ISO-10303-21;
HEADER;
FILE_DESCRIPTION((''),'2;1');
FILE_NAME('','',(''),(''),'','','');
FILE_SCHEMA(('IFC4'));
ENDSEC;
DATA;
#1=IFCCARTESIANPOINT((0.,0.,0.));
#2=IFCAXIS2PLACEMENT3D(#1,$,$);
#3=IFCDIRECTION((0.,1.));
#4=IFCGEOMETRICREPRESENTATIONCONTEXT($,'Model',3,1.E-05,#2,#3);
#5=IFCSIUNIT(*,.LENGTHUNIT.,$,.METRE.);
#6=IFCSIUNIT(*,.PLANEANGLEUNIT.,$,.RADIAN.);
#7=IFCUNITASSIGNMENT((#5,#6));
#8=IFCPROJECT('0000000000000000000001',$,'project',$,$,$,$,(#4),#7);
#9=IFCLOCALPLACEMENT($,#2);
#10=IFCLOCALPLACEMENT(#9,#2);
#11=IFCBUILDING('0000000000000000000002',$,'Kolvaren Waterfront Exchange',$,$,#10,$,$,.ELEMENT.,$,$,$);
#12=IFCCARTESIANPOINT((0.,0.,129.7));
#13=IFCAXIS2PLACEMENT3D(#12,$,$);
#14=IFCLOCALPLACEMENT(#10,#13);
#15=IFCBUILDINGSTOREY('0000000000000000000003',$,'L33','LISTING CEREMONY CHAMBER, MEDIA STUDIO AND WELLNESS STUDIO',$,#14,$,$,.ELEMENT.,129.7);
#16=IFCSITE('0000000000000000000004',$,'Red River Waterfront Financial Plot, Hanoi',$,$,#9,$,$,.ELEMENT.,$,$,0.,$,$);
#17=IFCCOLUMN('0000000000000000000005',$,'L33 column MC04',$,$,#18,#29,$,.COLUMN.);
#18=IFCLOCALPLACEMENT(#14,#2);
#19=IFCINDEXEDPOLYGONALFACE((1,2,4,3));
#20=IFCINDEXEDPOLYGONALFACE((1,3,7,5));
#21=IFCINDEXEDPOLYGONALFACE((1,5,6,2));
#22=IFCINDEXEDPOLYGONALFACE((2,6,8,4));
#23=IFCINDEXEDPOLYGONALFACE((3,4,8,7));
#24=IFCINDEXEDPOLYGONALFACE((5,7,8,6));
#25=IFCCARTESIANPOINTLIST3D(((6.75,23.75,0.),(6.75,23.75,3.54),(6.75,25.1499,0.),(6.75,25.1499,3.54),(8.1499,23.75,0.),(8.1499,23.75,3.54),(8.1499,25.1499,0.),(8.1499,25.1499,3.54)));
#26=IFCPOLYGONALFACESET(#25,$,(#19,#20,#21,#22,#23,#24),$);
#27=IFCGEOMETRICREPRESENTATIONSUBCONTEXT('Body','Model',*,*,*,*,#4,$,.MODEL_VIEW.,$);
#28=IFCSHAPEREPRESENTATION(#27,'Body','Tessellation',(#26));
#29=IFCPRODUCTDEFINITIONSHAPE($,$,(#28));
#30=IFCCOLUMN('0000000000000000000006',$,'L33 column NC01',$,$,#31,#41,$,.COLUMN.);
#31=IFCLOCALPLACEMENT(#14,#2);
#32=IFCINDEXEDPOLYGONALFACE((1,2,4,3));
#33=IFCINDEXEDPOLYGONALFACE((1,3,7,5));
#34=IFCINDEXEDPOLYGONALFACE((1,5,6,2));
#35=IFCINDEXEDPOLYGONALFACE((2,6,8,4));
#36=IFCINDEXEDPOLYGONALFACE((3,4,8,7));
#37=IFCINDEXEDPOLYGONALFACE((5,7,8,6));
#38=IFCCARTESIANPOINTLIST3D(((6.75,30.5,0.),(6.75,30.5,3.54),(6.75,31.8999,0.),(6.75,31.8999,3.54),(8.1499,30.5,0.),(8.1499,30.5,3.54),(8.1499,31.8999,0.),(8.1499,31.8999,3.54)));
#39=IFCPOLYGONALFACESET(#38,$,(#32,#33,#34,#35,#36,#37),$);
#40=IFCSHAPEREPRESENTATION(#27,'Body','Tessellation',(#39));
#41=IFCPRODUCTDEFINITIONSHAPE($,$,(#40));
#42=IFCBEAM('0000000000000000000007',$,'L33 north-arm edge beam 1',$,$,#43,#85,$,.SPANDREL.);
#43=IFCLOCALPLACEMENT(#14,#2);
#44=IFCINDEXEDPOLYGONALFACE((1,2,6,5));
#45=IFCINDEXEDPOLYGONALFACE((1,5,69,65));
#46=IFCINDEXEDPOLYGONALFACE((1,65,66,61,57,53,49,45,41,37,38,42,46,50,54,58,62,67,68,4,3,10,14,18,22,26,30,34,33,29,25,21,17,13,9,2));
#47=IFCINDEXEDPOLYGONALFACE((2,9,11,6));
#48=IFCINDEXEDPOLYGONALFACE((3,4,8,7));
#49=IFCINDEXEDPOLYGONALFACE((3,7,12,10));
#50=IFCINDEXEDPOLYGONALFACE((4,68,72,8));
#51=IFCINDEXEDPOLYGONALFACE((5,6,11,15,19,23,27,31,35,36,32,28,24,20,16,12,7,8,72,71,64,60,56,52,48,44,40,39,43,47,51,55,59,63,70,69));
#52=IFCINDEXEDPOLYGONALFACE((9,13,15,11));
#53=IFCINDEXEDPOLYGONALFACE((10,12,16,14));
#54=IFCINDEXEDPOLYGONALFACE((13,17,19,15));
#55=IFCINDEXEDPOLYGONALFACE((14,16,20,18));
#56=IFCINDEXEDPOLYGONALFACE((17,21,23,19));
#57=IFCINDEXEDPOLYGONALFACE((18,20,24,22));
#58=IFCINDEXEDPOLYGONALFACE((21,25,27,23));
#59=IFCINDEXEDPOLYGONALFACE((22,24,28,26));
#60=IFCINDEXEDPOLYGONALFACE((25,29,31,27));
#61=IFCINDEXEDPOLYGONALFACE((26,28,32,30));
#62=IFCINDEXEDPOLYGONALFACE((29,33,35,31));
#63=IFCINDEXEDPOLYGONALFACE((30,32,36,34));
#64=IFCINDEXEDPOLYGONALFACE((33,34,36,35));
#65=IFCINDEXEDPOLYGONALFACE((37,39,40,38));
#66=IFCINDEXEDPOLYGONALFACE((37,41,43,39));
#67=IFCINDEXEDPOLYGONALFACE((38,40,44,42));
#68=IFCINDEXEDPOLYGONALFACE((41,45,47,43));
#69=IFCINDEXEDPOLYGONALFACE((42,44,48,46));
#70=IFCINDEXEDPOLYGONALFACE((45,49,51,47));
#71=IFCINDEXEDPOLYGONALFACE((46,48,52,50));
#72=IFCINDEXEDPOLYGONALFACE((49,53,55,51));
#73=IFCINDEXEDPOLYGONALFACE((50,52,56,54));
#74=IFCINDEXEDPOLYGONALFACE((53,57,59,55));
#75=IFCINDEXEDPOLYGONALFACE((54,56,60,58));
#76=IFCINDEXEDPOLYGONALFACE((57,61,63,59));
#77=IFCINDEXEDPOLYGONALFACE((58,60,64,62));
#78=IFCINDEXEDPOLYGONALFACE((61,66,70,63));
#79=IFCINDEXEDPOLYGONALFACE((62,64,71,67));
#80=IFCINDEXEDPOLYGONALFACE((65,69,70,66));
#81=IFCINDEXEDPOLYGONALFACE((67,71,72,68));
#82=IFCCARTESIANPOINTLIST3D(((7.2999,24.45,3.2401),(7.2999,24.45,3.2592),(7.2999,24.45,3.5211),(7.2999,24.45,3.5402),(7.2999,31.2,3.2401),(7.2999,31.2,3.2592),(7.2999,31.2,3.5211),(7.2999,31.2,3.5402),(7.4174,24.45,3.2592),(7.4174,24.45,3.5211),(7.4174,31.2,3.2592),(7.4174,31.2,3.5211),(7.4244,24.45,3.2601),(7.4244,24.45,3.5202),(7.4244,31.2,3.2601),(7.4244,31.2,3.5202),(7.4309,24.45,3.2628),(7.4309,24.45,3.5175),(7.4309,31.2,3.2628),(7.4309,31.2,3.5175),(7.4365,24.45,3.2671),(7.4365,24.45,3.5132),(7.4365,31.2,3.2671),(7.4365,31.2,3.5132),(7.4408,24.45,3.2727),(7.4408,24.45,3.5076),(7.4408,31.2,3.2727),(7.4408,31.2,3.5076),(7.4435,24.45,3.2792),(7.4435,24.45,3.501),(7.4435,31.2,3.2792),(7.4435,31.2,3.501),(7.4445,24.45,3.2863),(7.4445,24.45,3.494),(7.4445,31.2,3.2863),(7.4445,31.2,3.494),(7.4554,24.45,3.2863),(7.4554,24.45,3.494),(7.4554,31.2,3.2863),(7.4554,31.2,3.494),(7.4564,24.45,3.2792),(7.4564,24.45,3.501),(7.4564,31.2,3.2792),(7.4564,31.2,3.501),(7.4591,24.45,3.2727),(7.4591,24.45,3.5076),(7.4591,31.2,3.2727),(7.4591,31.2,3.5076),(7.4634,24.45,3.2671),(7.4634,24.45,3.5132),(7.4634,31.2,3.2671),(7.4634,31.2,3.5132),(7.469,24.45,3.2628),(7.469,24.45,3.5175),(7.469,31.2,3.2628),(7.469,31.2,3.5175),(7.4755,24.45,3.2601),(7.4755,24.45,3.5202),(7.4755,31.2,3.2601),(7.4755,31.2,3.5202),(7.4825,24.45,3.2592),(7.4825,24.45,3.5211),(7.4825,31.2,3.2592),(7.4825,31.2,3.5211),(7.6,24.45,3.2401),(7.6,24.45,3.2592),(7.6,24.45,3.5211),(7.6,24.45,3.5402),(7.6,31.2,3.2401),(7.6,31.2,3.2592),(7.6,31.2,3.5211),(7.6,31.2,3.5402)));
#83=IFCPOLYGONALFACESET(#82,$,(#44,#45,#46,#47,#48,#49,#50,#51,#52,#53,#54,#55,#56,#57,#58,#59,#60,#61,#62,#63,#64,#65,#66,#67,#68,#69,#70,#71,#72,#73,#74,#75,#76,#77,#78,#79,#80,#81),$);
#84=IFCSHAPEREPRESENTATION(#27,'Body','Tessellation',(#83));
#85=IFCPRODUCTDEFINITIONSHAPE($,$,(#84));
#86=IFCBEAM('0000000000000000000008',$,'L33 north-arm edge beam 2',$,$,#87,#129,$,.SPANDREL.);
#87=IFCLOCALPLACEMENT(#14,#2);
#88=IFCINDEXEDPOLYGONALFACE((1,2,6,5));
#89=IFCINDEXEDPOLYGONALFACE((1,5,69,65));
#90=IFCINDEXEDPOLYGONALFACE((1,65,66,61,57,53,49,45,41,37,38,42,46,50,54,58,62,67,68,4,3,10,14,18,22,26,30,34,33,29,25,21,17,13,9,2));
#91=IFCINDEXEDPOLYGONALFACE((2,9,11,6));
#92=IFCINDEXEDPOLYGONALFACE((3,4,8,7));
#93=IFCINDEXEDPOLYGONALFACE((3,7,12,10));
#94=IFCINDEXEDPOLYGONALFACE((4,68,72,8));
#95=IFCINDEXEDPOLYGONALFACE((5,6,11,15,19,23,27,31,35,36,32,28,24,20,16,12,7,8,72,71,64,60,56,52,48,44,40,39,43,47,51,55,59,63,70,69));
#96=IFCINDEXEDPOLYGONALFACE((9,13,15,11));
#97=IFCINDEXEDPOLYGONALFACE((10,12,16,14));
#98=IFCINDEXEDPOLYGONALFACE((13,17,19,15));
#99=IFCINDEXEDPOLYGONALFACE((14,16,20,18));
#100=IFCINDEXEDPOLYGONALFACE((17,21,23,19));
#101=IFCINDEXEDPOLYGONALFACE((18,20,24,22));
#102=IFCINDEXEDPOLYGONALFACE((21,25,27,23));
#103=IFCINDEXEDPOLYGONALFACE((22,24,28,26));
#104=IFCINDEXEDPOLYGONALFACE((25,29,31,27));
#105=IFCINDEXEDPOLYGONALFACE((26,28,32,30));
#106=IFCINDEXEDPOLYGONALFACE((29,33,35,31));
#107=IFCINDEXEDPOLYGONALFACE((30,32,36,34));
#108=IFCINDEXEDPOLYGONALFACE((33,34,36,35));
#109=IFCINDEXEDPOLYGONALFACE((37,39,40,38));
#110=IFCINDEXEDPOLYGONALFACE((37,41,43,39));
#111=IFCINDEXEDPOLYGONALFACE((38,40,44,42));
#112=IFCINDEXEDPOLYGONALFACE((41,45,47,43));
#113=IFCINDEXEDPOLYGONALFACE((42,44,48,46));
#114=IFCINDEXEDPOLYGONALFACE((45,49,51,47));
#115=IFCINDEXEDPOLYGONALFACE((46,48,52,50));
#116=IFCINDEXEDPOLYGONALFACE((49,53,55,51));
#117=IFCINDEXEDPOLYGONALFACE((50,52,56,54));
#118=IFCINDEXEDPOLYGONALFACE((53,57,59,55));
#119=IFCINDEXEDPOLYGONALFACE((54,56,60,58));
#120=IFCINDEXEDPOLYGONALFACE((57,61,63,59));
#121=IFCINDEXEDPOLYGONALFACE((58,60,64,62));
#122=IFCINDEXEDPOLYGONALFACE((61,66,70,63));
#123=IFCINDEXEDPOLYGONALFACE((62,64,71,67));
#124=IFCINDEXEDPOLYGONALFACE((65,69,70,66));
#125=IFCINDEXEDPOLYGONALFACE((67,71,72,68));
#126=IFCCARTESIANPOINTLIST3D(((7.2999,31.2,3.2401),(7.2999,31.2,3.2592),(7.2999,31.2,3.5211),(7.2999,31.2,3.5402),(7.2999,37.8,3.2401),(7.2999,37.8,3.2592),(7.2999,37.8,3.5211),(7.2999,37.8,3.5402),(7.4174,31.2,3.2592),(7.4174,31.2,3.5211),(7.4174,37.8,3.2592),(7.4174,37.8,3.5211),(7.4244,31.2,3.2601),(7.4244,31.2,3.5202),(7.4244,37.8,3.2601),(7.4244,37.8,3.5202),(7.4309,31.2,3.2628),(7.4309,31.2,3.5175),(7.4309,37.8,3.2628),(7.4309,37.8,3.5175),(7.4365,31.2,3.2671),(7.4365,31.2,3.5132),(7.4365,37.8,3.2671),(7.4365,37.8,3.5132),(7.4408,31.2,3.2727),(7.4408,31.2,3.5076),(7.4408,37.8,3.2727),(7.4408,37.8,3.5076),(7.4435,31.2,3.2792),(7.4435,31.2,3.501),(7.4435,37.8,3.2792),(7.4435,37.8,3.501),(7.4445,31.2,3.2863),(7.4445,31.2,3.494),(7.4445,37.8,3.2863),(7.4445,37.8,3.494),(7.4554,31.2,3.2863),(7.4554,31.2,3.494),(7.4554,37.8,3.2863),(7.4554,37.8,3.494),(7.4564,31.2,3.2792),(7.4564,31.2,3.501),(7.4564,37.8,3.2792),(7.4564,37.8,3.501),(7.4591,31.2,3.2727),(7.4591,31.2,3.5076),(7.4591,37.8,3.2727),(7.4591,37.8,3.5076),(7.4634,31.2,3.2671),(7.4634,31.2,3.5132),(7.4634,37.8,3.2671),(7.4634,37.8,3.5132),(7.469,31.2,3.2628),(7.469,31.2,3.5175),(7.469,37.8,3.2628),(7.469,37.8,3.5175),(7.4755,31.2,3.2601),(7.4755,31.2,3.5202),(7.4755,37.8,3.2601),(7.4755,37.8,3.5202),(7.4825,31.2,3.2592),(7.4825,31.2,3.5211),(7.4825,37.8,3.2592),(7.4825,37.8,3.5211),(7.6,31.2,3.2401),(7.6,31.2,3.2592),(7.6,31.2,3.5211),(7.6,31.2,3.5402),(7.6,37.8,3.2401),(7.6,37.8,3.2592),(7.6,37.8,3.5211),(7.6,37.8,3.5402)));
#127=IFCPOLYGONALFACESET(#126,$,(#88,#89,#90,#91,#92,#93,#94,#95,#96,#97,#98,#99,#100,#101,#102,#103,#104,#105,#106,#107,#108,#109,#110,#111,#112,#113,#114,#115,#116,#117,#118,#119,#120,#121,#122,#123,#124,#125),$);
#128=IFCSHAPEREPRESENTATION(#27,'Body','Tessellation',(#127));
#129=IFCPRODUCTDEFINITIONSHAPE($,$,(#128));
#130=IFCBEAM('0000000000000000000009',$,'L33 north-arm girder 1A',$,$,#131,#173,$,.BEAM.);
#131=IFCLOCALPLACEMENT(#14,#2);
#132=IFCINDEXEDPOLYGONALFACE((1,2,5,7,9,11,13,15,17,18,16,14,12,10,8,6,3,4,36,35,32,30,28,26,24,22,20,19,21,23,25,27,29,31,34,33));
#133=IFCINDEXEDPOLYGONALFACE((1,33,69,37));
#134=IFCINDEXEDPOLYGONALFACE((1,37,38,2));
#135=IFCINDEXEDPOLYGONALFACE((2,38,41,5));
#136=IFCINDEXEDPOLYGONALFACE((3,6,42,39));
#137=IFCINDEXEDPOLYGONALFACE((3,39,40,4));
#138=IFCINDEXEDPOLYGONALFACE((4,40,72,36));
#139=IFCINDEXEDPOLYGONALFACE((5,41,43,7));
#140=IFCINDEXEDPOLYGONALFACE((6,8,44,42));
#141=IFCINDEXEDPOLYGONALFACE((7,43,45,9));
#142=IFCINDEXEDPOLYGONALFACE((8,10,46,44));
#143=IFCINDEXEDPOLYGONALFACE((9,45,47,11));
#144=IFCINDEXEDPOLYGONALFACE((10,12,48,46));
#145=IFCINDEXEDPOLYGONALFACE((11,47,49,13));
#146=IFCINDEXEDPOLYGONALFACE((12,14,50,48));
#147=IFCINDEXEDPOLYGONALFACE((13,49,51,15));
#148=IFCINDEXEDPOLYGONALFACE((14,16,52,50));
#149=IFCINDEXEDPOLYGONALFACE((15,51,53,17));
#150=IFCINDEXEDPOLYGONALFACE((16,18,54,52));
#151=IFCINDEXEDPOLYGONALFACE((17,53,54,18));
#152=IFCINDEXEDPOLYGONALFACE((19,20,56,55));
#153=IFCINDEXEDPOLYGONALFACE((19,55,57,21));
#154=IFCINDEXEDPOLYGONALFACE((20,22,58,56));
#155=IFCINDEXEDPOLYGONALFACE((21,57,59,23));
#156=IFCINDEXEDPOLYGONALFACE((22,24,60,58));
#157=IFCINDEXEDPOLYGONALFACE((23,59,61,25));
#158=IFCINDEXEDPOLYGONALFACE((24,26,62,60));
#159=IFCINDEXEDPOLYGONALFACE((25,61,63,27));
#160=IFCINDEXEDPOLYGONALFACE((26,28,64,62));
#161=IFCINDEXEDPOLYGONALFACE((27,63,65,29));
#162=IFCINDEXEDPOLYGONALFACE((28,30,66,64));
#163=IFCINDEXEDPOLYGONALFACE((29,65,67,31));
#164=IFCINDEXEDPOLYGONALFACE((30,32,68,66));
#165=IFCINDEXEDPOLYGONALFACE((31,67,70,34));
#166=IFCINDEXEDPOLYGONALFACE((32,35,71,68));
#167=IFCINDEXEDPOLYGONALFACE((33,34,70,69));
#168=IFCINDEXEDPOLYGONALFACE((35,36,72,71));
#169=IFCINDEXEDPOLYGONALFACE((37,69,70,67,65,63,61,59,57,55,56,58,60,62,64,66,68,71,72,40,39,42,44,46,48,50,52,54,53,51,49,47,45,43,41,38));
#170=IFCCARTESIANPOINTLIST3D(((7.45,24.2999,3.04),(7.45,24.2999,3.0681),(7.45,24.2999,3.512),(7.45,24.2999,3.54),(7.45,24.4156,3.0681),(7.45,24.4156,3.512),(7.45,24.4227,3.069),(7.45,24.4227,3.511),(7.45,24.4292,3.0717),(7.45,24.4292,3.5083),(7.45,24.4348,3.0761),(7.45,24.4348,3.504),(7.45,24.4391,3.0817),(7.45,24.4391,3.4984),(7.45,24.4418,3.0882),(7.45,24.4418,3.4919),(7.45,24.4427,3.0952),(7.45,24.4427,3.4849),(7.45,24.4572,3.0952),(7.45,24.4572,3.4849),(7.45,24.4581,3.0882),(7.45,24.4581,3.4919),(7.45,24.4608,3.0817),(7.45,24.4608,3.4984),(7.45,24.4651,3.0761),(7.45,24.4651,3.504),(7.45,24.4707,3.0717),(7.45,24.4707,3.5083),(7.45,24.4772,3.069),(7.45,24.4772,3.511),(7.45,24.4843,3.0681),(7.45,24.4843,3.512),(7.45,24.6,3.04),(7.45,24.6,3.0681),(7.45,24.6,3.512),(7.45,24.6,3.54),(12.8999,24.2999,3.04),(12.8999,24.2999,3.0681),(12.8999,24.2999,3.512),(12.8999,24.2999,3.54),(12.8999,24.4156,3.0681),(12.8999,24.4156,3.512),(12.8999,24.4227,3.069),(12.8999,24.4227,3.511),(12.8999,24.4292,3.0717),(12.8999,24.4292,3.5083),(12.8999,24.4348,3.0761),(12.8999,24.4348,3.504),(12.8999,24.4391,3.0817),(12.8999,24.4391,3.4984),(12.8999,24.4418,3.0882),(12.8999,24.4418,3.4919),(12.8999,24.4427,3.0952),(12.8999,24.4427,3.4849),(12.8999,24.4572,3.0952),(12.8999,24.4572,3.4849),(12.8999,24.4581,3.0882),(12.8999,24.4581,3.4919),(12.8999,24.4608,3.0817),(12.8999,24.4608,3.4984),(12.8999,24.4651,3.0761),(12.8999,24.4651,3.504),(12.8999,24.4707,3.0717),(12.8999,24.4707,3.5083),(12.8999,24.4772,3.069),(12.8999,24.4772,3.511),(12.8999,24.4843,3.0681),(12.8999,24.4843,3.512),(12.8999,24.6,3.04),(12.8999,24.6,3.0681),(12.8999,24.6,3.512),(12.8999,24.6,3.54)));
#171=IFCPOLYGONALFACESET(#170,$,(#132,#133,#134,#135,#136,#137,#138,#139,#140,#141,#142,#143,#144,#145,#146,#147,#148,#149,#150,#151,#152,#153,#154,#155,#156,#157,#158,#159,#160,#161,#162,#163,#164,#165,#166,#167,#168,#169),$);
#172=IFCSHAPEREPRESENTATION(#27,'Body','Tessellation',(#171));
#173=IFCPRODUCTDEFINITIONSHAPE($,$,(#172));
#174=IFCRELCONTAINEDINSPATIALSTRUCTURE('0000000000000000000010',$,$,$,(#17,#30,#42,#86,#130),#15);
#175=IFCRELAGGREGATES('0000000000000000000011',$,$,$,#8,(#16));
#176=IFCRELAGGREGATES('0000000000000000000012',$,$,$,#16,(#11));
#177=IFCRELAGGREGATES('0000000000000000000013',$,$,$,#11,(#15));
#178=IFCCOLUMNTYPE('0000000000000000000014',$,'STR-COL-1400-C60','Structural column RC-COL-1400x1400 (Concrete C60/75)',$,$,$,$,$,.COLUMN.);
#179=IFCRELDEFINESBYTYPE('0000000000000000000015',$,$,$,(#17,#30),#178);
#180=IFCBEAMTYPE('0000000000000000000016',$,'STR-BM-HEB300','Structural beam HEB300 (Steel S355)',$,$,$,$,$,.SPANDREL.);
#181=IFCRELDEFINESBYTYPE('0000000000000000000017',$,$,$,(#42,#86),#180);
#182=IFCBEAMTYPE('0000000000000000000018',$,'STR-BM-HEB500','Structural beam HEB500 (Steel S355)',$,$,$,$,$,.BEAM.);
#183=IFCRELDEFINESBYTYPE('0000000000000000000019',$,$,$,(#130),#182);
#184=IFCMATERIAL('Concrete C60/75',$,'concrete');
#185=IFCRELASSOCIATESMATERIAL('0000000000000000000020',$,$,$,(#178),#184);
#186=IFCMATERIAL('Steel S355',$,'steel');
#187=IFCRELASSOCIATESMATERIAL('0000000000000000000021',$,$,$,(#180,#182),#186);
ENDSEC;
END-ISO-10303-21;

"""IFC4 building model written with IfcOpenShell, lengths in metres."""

from ifc_helpers import new_model, si_unit, direction, frame, origin, origin_2d, place, context, subcontext, project, spatial, rectangle, i_section, extrude, material, material_profile, profile_set, type_object, element, save


model = new_model("IFC4")

# Units and contexts
model_context = context("Model", 3, precision=1e-05, world=origin(), true_north=direction((0.0, 1.0)))
body_context = subcontext(model_context, "Body", "Model", "MODEL_VIEW")
ifc_project = project(units=[si_unit("LENGTHUNIT", "METRE"), si_unit("PLANEANGLEUNIT", "RADIAN")], contexts=[model_context])

# Site, building, storey
site_placement = place(None, origin())
site = spatial("IfcSite", under=ifc_project, at=site_placement, Name="Red River Waterfront Financial Plot, Hanoi", CompositionType="ELEMENT", RefElevation=0.0)
building_placement = place(site_placement, origin())
building = spatial("IfcBuilding", under=site, at=building_placement, Name="Kolvaren Waterfront Exchange", CompositionType="ELEMENT")
storey_placement = place(building_placement, frame((0.0, 0.0, 129.7)))
storey = spatial("IfcBuildingStorey", under=building, at=storey_placement, Name="L33", Description="LISTING CEREMONY CHAMBER, MEDIA STUDIO AND WELLNESS STUDIO", CompositionType="ELEMENT", Elevation=129.7)

# Columns
ifc_material_1 = material(Name="Concrete C60/75", Category="concrete")
ifc_material_profile_1 = material_profile(ifc_material_1, rectangle(XDim=1.3999, YDim=1.3999, at=origin_2d()), Name="RC-COL-1400x1400")
ifc_profile_set_1 = profile_set([ifc_material_profile_1], Name="Concrete C60/75")
column_type = type_object("IfcColumnType", Name="STR-COL-1400-C60", Description="Structural column RC-COL-1400x1400 (Concrete C60/75)", PredefinedType="COLUMN", material=ifc_profile_set_1)
for number, where, z_axis, x_axis, name in (
    (1, (7.45, 24.45, 0.0), (0.0, 0.0, 1.0), (1.0, 0.0, 0.0), "L33 column MC04"),
    (2, (7.45, 31.2, 0.0), (0.0, 0.0, 1.0), (1.0, 0.0, 0.0), "L33 column NC01"),
):
    element("IfcColumn", number, at=place(storey_placement, frame(where, z_axis=z_axis, x_axis=x_axis)), inside=storey, type_object=column_type, Name=name, PredefinedType="COLUMN", context=body_context, shape_type="SweptSolid", body=[
        extrude(rectangle(XDim=1.3999, YDim=1.3999, at=origin_2d()), origin(), (0.0, 0.0, 1.0), 3.54),
    ])

# Beams
ifc_material_2 = material(Name="Steel S355", Category="steel")
ifc_material_profile_2 = material_profile(ifc_material_2, i_section(OverallWidth=0.3, OverallDepth=0.3, WebThickness=0.011, FlangeThickness=0.019, FilletRadius=0.0271, at=origin_2d()), Name="HEB300")
ifc_profile_set_2 = profile_set([ifc_material_profile_2], Name="Steel S355")
beam_type_1 = type_object("IfcBeamType", Name="STR-BM-HEB300", Description="Structural beam HEB300 (Steel S355)", PredefinedType="SPANDREL", material=ifc_profile_set_2)
beam_1_placement = place(storey_placement, frame((7.45, 24.45, 3.3901), z_axis=(0.0, 1.0, 0.0), x_axis=(-1.0, 0.0, 0.0)))
element("IfcBeam", 3, at=beam_1_placement, inside=storey, type_object=beam_type_1, Name="L33 north-arm edge beam 1", PredefinedType="SPANDREL", context=body_context, shape_type="SweptSolid", body=[
    extrude(i_section(OverallWidth=0.3, OverallDepth=0.3, WebThickness=0.011, FlangeThickness=0.019, FilletRadius=0.0271, at=origin_2d()), origin(), (0.0, 0.0, 1.0), 6.75),
])
beam_2_placement = place(storey_placement, frame((7.45, 31.2, 3.3901), z_axis=(0.0, 1.0, 0.0), x_axis=(-1.0, 0.0, 0.0)))
element("IfcBeam", 4, at=beam_2_placement, inside=storey, type_object=beam_type_1, Name="L33 north-arm edge beam 2", PredefinedType="SPANDREL", context=body_context, shape_type="SweptSolid", body=[
    extrude(i_section(OverallWidth=0.3, OverallDepth=0.3, WebThickness=0.011, FlangeThickness=0.019, FilletRadius=0.0271, at=origin_2d()), origin(), (0.0, 0.0, 1.0), 6.6001),
])
ifc_material_profile_3 = material_profile(ifc_material_2, i_section(OverallWidth=0.3, OverallDepth=0.5, WebThickness=0.0144, FlangeThickness=0.0281, FilletRadius=0.0271, at=origin_2d()), Name="HEB500")
ifc_profile_set_3 = profile_set([ifc_material_profile_3], Name="Steel S355")
beam_type_2 = type_object("IfcBeamType", Name="STR-BM-HEB500", Description="Structural beam HEB500 (Steel S355)", PredefinedType="BEAM", material=ifc_profile_set_3)
for number, where, z_axis, x_axis, name in (
    (5, (7.45, 24.45, 3.29), (1.0, 0.0, 0.0), (0.0, 1.0, 0.0), "L33 north-arm girder 1A"),
):
    element("IfcBeam", number, at=place(storey_placement, frame(where, z_axis=z_axis, x_axis=x_axis)), inside=storey, type_object=beam_type_2, Name=name, PredefinedType="BEAM", context=body_context, shape_type="SweptSolid", body=[
        extrude(i_section(OverallWidth=0.3, OverallDepth=0.5, WebThickness=0.0144, FlangeThickness=0.0281, FilletRadius=0.0271, at=origin_2d()), origin(), (0.0, 0.0, 1.0), 5.45),
    ])

save(model, "model.ifc")
